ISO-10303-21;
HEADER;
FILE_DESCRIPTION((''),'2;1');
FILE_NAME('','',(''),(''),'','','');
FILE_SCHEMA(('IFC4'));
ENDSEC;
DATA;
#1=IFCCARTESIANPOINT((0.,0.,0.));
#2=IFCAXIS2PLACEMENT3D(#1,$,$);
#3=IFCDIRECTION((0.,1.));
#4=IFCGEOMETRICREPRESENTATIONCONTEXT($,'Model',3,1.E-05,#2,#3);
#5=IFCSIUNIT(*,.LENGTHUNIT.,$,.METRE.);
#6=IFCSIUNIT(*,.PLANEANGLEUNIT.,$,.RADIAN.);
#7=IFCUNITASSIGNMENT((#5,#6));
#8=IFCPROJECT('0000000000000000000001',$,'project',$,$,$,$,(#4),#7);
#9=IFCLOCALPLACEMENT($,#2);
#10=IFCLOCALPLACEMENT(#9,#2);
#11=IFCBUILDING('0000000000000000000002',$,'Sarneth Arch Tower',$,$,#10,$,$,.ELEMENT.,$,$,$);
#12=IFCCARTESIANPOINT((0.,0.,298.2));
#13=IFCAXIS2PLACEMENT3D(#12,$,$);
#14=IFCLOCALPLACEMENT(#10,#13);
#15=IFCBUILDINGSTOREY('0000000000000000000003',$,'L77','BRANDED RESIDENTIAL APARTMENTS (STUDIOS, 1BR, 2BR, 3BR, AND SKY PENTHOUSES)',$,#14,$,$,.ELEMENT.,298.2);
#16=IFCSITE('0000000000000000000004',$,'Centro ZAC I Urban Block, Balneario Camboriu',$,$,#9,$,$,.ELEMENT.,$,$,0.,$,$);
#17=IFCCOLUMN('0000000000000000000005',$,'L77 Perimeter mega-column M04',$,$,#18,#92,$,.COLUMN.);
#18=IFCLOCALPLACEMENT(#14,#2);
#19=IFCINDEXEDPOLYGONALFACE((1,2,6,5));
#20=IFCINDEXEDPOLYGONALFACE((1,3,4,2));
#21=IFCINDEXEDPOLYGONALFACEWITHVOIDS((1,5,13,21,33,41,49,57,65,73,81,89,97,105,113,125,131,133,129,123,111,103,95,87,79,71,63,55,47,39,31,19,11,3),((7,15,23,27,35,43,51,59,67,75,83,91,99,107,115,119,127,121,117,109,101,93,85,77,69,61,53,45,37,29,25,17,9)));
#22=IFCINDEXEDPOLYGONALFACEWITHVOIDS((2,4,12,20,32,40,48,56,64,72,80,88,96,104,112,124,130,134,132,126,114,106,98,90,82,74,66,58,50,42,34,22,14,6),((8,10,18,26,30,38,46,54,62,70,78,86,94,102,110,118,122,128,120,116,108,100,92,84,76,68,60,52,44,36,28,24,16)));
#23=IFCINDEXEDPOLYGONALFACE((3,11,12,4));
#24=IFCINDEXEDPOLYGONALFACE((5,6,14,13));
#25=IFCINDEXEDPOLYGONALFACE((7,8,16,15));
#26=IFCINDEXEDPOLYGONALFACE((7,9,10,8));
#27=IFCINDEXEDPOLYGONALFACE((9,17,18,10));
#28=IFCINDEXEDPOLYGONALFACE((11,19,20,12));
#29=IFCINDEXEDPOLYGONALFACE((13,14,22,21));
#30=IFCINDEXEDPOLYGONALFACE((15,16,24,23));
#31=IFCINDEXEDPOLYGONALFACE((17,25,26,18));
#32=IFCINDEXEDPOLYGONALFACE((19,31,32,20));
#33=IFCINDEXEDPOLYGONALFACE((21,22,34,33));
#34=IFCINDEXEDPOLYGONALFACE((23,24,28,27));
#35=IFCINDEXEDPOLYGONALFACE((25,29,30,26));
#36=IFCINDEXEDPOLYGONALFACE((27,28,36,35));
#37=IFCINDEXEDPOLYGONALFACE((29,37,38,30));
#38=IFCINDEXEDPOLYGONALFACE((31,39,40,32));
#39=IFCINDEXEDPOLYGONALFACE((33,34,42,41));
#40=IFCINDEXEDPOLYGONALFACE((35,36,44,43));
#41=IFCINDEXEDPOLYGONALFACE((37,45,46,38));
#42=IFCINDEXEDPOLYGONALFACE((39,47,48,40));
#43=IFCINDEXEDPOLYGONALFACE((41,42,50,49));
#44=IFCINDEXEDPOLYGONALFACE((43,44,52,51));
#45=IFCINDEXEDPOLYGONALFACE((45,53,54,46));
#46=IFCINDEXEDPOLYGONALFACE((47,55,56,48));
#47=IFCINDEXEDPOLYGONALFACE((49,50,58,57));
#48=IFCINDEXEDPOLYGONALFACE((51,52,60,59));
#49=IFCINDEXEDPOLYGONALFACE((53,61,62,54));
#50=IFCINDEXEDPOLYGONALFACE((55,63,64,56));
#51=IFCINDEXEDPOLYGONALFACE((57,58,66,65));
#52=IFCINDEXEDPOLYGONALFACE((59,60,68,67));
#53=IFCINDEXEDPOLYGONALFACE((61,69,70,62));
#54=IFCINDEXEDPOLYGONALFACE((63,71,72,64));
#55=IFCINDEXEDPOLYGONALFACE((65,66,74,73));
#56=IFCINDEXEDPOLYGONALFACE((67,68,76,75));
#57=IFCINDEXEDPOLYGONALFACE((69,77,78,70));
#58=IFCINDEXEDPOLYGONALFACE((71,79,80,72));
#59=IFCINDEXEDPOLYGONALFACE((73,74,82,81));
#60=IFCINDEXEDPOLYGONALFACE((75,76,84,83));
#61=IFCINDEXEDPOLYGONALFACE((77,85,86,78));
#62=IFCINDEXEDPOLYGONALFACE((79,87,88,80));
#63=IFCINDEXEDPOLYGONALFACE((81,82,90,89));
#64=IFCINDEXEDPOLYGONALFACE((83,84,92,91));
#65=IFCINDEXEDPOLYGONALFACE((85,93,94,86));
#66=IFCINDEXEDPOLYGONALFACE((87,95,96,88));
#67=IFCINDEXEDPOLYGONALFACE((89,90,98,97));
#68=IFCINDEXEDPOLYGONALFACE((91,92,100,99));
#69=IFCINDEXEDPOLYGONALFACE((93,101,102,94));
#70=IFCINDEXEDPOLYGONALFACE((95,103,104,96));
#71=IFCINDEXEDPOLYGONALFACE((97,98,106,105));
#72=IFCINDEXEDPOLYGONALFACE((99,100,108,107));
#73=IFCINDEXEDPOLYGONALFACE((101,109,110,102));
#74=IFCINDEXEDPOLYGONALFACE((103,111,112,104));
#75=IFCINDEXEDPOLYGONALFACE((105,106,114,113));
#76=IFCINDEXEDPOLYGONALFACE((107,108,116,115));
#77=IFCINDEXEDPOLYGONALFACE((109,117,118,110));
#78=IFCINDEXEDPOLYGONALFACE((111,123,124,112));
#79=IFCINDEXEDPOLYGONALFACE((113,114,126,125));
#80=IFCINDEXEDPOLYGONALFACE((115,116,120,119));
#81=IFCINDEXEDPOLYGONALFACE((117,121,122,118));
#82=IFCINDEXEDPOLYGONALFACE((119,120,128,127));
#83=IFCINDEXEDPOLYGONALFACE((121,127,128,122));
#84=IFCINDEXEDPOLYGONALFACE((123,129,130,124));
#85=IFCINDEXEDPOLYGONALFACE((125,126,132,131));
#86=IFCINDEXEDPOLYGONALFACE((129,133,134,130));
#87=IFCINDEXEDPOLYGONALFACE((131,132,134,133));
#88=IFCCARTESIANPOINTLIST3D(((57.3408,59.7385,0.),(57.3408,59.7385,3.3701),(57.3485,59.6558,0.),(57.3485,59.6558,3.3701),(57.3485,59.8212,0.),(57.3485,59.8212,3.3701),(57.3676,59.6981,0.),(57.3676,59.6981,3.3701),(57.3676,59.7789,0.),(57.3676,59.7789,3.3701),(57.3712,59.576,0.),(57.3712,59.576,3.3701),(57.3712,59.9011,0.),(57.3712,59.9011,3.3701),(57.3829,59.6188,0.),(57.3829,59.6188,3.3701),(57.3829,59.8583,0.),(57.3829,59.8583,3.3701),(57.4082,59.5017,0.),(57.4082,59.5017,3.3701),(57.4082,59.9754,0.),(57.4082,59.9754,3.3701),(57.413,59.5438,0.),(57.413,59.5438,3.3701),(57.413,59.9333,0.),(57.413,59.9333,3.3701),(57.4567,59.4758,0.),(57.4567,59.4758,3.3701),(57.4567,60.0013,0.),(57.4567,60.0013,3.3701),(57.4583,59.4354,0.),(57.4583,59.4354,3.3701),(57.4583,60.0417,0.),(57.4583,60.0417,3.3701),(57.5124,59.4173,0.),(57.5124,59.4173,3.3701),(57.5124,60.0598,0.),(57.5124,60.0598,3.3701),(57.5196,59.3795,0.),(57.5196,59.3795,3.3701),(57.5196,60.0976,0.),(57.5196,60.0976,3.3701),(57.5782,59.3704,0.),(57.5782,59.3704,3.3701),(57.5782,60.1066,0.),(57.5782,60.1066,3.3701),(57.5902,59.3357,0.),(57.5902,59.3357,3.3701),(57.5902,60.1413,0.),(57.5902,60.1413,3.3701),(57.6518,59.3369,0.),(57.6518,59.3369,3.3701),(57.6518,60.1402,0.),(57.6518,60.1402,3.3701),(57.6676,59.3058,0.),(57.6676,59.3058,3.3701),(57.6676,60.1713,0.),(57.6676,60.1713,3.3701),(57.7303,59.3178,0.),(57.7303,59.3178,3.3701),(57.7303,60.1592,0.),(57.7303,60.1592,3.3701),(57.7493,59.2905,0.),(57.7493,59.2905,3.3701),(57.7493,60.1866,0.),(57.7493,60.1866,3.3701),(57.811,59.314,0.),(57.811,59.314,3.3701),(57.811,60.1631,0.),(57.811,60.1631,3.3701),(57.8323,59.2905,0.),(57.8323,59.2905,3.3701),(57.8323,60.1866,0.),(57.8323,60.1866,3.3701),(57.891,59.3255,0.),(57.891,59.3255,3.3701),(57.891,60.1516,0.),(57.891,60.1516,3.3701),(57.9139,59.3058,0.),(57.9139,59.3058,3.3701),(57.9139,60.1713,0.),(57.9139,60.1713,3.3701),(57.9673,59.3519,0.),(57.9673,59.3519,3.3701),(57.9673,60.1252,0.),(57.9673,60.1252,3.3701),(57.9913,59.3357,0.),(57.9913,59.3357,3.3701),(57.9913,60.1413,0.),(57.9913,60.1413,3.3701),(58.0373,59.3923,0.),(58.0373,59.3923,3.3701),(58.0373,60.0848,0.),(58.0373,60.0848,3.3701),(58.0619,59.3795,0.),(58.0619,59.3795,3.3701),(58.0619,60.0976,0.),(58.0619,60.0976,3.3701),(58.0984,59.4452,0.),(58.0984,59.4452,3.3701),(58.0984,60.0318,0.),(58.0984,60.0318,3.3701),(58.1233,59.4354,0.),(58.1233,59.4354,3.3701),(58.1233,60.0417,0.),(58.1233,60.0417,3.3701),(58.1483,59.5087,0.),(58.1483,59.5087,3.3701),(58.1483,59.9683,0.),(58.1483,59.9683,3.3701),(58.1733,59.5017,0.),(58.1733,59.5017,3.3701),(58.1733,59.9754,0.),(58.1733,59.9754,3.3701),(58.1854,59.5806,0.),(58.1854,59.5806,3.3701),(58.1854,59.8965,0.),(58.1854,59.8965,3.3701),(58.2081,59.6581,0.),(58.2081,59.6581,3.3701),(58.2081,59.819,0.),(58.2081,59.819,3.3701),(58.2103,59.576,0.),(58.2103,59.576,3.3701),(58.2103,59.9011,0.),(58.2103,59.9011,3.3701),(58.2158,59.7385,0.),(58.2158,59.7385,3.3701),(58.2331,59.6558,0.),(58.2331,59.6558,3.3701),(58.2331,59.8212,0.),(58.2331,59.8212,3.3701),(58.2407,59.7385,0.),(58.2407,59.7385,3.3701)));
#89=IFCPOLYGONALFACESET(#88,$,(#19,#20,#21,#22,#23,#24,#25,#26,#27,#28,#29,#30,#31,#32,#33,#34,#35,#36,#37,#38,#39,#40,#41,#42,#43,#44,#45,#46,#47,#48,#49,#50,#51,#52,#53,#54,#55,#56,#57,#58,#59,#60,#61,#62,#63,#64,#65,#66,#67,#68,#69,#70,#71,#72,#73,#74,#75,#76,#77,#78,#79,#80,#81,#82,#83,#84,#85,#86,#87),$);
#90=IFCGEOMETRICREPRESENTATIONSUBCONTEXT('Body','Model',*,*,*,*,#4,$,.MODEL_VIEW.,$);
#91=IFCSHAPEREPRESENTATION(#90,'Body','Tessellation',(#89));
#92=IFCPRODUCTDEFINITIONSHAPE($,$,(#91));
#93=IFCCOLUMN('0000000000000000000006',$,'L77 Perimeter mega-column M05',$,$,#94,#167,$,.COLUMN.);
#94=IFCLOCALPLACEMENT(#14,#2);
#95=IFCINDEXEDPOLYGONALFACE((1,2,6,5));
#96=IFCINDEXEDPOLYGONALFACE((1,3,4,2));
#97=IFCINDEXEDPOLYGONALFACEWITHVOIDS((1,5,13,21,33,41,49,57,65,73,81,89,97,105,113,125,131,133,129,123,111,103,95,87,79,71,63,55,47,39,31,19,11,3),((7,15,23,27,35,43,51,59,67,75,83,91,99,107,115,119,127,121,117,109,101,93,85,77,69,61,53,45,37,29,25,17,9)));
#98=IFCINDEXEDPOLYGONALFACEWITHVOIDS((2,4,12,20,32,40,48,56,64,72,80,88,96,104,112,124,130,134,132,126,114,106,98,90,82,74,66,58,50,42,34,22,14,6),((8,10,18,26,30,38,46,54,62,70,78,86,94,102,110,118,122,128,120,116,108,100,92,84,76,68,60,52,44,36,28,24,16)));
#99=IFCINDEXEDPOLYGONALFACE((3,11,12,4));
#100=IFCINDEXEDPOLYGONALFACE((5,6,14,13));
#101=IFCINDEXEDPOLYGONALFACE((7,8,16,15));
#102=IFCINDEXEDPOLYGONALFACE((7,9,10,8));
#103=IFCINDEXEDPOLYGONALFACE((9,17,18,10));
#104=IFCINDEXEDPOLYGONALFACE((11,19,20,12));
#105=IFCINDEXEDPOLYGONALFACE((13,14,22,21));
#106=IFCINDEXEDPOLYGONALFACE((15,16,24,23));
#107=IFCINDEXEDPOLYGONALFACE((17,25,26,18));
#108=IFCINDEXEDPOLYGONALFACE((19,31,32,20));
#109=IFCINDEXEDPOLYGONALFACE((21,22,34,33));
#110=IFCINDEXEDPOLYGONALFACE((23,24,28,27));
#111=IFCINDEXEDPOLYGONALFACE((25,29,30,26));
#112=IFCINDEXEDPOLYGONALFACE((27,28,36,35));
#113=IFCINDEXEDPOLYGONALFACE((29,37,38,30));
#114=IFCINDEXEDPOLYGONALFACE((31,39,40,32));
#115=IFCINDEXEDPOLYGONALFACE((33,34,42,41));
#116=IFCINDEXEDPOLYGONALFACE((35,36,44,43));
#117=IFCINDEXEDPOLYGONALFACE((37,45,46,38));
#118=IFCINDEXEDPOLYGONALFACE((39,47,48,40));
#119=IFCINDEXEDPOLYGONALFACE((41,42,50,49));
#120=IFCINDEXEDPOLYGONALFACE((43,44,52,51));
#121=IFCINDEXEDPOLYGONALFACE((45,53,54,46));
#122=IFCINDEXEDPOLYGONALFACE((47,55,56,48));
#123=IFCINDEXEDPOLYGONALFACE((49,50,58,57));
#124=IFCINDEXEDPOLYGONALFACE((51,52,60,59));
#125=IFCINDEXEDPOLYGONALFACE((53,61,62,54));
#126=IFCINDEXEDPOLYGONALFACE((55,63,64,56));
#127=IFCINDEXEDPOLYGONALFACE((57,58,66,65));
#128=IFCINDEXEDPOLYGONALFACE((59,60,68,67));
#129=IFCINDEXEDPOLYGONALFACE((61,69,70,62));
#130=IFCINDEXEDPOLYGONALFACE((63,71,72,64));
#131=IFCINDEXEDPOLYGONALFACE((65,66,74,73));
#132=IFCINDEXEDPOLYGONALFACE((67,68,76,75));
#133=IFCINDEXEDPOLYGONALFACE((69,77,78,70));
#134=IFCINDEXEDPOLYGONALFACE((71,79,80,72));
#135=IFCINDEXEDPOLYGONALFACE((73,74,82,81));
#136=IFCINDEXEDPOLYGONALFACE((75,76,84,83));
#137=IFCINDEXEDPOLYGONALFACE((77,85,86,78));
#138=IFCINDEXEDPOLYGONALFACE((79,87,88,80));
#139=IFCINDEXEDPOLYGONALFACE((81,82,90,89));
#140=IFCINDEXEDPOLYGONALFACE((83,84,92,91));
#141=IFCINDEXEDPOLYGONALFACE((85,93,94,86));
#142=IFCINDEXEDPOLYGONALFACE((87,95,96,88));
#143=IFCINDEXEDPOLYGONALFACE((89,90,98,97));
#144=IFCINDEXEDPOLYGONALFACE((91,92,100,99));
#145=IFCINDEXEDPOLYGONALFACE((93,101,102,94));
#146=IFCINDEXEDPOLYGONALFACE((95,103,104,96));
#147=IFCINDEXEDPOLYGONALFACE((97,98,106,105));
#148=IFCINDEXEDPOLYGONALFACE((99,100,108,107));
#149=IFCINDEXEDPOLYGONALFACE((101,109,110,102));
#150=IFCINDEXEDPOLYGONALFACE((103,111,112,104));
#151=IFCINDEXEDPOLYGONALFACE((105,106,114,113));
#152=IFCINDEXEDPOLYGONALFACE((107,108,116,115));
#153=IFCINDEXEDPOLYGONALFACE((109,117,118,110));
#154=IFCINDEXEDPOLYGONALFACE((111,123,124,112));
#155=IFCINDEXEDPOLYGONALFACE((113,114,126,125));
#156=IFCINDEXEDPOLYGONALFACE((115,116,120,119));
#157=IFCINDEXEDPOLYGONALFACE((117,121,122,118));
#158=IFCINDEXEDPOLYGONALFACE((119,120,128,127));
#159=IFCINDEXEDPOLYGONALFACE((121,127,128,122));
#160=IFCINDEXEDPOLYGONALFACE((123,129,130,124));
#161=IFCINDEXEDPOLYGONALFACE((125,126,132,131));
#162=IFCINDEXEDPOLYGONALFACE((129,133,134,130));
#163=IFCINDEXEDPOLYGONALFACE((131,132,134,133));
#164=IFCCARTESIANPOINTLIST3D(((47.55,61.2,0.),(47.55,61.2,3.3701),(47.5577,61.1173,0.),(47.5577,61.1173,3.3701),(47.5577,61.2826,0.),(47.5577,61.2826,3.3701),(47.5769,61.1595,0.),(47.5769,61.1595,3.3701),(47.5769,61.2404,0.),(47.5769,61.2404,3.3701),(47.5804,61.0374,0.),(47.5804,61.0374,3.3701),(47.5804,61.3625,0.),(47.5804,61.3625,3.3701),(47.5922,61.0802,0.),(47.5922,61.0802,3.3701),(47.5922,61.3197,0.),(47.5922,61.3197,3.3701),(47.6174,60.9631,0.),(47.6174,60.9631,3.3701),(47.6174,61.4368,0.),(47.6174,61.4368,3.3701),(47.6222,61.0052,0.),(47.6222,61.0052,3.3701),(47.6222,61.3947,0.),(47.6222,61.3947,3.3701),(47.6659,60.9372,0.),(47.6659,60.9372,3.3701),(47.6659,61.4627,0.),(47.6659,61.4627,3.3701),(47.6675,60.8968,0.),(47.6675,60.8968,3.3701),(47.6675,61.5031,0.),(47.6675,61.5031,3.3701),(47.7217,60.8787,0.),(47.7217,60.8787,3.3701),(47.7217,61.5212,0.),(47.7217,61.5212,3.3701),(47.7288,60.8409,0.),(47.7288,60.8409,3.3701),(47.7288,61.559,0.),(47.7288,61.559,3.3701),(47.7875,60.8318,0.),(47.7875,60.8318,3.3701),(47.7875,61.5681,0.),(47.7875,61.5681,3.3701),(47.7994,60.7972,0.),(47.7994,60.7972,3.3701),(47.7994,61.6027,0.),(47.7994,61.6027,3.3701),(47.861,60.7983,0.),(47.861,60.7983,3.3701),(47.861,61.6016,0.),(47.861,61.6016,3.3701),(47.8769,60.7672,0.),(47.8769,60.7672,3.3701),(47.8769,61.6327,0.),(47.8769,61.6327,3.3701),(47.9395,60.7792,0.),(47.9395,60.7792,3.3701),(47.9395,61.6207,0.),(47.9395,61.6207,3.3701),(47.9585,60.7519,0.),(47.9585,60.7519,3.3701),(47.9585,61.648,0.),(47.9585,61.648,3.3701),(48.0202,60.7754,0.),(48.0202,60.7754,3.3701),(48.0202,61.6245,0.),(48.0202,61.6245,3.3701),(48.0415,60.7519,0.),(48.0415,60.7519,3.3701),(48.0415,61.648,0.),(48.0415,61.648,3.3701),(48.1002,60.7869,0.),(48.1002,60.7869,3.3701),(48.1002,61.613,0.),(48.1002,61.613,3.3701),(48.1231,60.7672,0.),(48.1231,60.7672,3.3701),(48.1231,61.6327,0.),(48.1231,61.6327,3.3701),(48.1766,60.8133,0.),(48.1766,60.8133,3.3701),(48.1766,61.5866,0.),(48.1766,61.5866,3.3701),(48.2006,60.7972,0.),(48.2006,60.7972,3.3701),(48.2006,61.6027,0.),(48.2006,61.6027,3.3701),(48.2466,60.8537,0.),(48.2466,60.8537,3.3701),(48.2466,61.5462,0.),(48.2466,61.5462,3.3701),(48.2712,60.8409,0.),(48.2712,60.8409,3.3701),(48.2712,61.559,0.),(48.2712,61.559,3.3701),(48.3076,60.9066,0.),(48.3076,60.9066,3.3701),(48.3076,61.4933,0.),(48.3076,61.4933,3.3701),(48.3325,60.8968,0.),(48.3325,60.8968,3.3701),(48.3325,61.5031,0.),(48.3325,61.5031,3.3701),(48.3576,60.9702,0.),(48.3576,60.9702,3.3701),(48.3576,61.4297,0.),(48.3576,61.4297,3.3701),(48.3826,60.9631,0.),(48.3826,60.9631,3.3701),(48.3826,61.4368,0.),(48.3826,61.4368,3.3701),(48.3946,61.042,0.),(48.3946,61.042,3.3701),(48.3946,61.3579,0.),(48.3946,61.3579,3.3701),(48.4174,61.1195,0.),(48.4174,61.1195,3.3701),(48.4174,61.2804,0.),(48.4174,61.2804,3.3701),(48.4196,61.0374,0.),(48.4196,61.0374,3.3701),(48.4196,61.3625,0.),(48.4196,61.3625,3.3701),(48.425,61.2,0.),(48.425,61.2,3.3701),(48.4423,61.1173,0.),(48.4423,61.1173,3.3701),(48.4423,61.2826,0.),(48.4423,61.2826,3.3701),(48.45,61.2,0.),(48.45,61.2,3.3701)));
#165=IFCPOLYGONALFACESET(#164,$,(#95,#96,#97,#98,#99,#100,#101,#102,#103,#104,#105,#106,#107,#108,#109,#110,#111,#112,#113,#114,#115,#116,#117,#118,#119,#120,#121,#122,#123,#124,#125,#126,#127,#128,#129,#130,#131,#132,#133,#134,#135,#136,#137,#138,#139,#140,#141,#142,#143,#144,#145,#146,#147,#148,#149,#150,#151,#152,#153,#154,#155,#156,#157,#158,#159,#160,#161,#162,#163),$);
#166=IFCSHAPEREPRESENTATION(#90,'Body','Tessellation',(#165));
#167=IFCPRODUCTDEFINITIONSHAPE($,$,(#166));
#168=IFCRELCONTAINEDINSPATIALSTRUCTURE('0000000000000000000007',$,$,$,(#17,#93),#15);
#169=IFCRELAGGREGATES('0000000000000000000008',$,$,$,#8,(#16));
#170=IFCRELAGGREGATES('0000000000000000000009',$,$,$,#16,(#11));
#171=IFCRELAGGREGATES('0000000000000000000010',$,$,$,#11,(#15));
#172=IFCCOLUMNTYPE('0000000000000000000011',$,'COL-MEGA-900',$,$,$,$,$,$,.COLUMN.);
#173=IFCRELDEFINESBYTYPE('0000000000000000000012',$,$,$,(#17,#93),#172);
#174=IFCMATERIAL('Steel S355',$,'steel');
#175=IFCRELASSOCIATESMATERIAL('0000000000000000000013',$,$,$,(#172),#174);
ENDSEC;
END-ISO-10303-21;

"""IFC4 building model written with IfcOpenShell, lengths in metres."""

from ifc_helpers import new_model, si_unit, direction, frame, origin, origin_2d, place, context, subcontext, project, spatial, hollow_circle, extrude, material, material_profile, profile_set, type_object, element, save


model = new_model("IFC4")

# Units and contexts
model_context = context("Model", 3, precision=1e-05, world=origin(), true_north=direction((0.0, 1.0)))
body_context = subcontext(model_context, "Body", "Model", "MODEL_VIEW")
ifc_project = project(units=[si_unit("LENGTHUNIT", "METRE"), si_unit("PLANEANGLEUNIT", "RADIAN")], contexts=[model_context])

# Site, building, storey
site_placement = place(None, origin())
site = spatial("IfcSite", under=ifc_project, at=site_placement, Name="Centro ZAC I Urban Block, Balneario Camboriu", CompositionType="ELEMENT", RefElevation=0.0)
building_placement = place(site_placement, origin())
building = spatial("IfcBuilding", under=site, at=building_placement, Name="Sarneth Arch Tower", CompositionType="ELEMENT")
storey_placement = place(building_placement, frame((0.0, 0.0, 298.2)))
storey = spatial("IfcBuildingStorey", under=building, at=storey_placement, Name="L77", Description="BRANDED RESIDENTIAL APARTMENTS (STUDIOS, 1BR, 2BR, 3BR, AND SKY PENTHOUSES)", CompositionType="ELEMENT", Elevation=298.2)

# Columns
ifc_material_1 = material(Name="Steel S355", Category="steel")
ifc_material_profile_1 = material_profile(ifc_material_1, hollow_circle(Radius=0.45, WallThickness=0.0249, at=origin_2d()), Name="CHS900x25")
ifc_profile_set_1 = profile_set([ifc_material_profile_1], Name="Steel S355")
column_type = type_object("IfcColumnType", Name="COL-MEGA-900", PredefinedType="COLUMN", material=ifc_profile_set_1)
for number, where, z_axis, x_axis, name in (
    (1, (57.7908, 59.7385, 0.0), (0.0, 0.0, 1.0), (1.0, 0.0, 0.0), "L77 Perimeter mega-column M04"),
    (2, (48.0, 61.2, 0.0), (0.0, 0.0, 1.0), (1.0, 0.0, 0.0), "L77 Perimeter mega-column M05"),
):
    element("IfcColumn", number, at=place(storey_placement, frame(where, z_axis=z_axis, x_axis=x_axis)), inside=storey, type_object=column_type, Name=name, PredefinedType="COLUMN", context=body_context, shape_type="SweptSolid", body=[
        extrude(hollow_circle(Radius=0.45, WallThickness=0.0249, at=origin_2d()), origin(), (0.0, 0.0, 1.0), 3.3701),
    ])

save(model, "model.ifc")
